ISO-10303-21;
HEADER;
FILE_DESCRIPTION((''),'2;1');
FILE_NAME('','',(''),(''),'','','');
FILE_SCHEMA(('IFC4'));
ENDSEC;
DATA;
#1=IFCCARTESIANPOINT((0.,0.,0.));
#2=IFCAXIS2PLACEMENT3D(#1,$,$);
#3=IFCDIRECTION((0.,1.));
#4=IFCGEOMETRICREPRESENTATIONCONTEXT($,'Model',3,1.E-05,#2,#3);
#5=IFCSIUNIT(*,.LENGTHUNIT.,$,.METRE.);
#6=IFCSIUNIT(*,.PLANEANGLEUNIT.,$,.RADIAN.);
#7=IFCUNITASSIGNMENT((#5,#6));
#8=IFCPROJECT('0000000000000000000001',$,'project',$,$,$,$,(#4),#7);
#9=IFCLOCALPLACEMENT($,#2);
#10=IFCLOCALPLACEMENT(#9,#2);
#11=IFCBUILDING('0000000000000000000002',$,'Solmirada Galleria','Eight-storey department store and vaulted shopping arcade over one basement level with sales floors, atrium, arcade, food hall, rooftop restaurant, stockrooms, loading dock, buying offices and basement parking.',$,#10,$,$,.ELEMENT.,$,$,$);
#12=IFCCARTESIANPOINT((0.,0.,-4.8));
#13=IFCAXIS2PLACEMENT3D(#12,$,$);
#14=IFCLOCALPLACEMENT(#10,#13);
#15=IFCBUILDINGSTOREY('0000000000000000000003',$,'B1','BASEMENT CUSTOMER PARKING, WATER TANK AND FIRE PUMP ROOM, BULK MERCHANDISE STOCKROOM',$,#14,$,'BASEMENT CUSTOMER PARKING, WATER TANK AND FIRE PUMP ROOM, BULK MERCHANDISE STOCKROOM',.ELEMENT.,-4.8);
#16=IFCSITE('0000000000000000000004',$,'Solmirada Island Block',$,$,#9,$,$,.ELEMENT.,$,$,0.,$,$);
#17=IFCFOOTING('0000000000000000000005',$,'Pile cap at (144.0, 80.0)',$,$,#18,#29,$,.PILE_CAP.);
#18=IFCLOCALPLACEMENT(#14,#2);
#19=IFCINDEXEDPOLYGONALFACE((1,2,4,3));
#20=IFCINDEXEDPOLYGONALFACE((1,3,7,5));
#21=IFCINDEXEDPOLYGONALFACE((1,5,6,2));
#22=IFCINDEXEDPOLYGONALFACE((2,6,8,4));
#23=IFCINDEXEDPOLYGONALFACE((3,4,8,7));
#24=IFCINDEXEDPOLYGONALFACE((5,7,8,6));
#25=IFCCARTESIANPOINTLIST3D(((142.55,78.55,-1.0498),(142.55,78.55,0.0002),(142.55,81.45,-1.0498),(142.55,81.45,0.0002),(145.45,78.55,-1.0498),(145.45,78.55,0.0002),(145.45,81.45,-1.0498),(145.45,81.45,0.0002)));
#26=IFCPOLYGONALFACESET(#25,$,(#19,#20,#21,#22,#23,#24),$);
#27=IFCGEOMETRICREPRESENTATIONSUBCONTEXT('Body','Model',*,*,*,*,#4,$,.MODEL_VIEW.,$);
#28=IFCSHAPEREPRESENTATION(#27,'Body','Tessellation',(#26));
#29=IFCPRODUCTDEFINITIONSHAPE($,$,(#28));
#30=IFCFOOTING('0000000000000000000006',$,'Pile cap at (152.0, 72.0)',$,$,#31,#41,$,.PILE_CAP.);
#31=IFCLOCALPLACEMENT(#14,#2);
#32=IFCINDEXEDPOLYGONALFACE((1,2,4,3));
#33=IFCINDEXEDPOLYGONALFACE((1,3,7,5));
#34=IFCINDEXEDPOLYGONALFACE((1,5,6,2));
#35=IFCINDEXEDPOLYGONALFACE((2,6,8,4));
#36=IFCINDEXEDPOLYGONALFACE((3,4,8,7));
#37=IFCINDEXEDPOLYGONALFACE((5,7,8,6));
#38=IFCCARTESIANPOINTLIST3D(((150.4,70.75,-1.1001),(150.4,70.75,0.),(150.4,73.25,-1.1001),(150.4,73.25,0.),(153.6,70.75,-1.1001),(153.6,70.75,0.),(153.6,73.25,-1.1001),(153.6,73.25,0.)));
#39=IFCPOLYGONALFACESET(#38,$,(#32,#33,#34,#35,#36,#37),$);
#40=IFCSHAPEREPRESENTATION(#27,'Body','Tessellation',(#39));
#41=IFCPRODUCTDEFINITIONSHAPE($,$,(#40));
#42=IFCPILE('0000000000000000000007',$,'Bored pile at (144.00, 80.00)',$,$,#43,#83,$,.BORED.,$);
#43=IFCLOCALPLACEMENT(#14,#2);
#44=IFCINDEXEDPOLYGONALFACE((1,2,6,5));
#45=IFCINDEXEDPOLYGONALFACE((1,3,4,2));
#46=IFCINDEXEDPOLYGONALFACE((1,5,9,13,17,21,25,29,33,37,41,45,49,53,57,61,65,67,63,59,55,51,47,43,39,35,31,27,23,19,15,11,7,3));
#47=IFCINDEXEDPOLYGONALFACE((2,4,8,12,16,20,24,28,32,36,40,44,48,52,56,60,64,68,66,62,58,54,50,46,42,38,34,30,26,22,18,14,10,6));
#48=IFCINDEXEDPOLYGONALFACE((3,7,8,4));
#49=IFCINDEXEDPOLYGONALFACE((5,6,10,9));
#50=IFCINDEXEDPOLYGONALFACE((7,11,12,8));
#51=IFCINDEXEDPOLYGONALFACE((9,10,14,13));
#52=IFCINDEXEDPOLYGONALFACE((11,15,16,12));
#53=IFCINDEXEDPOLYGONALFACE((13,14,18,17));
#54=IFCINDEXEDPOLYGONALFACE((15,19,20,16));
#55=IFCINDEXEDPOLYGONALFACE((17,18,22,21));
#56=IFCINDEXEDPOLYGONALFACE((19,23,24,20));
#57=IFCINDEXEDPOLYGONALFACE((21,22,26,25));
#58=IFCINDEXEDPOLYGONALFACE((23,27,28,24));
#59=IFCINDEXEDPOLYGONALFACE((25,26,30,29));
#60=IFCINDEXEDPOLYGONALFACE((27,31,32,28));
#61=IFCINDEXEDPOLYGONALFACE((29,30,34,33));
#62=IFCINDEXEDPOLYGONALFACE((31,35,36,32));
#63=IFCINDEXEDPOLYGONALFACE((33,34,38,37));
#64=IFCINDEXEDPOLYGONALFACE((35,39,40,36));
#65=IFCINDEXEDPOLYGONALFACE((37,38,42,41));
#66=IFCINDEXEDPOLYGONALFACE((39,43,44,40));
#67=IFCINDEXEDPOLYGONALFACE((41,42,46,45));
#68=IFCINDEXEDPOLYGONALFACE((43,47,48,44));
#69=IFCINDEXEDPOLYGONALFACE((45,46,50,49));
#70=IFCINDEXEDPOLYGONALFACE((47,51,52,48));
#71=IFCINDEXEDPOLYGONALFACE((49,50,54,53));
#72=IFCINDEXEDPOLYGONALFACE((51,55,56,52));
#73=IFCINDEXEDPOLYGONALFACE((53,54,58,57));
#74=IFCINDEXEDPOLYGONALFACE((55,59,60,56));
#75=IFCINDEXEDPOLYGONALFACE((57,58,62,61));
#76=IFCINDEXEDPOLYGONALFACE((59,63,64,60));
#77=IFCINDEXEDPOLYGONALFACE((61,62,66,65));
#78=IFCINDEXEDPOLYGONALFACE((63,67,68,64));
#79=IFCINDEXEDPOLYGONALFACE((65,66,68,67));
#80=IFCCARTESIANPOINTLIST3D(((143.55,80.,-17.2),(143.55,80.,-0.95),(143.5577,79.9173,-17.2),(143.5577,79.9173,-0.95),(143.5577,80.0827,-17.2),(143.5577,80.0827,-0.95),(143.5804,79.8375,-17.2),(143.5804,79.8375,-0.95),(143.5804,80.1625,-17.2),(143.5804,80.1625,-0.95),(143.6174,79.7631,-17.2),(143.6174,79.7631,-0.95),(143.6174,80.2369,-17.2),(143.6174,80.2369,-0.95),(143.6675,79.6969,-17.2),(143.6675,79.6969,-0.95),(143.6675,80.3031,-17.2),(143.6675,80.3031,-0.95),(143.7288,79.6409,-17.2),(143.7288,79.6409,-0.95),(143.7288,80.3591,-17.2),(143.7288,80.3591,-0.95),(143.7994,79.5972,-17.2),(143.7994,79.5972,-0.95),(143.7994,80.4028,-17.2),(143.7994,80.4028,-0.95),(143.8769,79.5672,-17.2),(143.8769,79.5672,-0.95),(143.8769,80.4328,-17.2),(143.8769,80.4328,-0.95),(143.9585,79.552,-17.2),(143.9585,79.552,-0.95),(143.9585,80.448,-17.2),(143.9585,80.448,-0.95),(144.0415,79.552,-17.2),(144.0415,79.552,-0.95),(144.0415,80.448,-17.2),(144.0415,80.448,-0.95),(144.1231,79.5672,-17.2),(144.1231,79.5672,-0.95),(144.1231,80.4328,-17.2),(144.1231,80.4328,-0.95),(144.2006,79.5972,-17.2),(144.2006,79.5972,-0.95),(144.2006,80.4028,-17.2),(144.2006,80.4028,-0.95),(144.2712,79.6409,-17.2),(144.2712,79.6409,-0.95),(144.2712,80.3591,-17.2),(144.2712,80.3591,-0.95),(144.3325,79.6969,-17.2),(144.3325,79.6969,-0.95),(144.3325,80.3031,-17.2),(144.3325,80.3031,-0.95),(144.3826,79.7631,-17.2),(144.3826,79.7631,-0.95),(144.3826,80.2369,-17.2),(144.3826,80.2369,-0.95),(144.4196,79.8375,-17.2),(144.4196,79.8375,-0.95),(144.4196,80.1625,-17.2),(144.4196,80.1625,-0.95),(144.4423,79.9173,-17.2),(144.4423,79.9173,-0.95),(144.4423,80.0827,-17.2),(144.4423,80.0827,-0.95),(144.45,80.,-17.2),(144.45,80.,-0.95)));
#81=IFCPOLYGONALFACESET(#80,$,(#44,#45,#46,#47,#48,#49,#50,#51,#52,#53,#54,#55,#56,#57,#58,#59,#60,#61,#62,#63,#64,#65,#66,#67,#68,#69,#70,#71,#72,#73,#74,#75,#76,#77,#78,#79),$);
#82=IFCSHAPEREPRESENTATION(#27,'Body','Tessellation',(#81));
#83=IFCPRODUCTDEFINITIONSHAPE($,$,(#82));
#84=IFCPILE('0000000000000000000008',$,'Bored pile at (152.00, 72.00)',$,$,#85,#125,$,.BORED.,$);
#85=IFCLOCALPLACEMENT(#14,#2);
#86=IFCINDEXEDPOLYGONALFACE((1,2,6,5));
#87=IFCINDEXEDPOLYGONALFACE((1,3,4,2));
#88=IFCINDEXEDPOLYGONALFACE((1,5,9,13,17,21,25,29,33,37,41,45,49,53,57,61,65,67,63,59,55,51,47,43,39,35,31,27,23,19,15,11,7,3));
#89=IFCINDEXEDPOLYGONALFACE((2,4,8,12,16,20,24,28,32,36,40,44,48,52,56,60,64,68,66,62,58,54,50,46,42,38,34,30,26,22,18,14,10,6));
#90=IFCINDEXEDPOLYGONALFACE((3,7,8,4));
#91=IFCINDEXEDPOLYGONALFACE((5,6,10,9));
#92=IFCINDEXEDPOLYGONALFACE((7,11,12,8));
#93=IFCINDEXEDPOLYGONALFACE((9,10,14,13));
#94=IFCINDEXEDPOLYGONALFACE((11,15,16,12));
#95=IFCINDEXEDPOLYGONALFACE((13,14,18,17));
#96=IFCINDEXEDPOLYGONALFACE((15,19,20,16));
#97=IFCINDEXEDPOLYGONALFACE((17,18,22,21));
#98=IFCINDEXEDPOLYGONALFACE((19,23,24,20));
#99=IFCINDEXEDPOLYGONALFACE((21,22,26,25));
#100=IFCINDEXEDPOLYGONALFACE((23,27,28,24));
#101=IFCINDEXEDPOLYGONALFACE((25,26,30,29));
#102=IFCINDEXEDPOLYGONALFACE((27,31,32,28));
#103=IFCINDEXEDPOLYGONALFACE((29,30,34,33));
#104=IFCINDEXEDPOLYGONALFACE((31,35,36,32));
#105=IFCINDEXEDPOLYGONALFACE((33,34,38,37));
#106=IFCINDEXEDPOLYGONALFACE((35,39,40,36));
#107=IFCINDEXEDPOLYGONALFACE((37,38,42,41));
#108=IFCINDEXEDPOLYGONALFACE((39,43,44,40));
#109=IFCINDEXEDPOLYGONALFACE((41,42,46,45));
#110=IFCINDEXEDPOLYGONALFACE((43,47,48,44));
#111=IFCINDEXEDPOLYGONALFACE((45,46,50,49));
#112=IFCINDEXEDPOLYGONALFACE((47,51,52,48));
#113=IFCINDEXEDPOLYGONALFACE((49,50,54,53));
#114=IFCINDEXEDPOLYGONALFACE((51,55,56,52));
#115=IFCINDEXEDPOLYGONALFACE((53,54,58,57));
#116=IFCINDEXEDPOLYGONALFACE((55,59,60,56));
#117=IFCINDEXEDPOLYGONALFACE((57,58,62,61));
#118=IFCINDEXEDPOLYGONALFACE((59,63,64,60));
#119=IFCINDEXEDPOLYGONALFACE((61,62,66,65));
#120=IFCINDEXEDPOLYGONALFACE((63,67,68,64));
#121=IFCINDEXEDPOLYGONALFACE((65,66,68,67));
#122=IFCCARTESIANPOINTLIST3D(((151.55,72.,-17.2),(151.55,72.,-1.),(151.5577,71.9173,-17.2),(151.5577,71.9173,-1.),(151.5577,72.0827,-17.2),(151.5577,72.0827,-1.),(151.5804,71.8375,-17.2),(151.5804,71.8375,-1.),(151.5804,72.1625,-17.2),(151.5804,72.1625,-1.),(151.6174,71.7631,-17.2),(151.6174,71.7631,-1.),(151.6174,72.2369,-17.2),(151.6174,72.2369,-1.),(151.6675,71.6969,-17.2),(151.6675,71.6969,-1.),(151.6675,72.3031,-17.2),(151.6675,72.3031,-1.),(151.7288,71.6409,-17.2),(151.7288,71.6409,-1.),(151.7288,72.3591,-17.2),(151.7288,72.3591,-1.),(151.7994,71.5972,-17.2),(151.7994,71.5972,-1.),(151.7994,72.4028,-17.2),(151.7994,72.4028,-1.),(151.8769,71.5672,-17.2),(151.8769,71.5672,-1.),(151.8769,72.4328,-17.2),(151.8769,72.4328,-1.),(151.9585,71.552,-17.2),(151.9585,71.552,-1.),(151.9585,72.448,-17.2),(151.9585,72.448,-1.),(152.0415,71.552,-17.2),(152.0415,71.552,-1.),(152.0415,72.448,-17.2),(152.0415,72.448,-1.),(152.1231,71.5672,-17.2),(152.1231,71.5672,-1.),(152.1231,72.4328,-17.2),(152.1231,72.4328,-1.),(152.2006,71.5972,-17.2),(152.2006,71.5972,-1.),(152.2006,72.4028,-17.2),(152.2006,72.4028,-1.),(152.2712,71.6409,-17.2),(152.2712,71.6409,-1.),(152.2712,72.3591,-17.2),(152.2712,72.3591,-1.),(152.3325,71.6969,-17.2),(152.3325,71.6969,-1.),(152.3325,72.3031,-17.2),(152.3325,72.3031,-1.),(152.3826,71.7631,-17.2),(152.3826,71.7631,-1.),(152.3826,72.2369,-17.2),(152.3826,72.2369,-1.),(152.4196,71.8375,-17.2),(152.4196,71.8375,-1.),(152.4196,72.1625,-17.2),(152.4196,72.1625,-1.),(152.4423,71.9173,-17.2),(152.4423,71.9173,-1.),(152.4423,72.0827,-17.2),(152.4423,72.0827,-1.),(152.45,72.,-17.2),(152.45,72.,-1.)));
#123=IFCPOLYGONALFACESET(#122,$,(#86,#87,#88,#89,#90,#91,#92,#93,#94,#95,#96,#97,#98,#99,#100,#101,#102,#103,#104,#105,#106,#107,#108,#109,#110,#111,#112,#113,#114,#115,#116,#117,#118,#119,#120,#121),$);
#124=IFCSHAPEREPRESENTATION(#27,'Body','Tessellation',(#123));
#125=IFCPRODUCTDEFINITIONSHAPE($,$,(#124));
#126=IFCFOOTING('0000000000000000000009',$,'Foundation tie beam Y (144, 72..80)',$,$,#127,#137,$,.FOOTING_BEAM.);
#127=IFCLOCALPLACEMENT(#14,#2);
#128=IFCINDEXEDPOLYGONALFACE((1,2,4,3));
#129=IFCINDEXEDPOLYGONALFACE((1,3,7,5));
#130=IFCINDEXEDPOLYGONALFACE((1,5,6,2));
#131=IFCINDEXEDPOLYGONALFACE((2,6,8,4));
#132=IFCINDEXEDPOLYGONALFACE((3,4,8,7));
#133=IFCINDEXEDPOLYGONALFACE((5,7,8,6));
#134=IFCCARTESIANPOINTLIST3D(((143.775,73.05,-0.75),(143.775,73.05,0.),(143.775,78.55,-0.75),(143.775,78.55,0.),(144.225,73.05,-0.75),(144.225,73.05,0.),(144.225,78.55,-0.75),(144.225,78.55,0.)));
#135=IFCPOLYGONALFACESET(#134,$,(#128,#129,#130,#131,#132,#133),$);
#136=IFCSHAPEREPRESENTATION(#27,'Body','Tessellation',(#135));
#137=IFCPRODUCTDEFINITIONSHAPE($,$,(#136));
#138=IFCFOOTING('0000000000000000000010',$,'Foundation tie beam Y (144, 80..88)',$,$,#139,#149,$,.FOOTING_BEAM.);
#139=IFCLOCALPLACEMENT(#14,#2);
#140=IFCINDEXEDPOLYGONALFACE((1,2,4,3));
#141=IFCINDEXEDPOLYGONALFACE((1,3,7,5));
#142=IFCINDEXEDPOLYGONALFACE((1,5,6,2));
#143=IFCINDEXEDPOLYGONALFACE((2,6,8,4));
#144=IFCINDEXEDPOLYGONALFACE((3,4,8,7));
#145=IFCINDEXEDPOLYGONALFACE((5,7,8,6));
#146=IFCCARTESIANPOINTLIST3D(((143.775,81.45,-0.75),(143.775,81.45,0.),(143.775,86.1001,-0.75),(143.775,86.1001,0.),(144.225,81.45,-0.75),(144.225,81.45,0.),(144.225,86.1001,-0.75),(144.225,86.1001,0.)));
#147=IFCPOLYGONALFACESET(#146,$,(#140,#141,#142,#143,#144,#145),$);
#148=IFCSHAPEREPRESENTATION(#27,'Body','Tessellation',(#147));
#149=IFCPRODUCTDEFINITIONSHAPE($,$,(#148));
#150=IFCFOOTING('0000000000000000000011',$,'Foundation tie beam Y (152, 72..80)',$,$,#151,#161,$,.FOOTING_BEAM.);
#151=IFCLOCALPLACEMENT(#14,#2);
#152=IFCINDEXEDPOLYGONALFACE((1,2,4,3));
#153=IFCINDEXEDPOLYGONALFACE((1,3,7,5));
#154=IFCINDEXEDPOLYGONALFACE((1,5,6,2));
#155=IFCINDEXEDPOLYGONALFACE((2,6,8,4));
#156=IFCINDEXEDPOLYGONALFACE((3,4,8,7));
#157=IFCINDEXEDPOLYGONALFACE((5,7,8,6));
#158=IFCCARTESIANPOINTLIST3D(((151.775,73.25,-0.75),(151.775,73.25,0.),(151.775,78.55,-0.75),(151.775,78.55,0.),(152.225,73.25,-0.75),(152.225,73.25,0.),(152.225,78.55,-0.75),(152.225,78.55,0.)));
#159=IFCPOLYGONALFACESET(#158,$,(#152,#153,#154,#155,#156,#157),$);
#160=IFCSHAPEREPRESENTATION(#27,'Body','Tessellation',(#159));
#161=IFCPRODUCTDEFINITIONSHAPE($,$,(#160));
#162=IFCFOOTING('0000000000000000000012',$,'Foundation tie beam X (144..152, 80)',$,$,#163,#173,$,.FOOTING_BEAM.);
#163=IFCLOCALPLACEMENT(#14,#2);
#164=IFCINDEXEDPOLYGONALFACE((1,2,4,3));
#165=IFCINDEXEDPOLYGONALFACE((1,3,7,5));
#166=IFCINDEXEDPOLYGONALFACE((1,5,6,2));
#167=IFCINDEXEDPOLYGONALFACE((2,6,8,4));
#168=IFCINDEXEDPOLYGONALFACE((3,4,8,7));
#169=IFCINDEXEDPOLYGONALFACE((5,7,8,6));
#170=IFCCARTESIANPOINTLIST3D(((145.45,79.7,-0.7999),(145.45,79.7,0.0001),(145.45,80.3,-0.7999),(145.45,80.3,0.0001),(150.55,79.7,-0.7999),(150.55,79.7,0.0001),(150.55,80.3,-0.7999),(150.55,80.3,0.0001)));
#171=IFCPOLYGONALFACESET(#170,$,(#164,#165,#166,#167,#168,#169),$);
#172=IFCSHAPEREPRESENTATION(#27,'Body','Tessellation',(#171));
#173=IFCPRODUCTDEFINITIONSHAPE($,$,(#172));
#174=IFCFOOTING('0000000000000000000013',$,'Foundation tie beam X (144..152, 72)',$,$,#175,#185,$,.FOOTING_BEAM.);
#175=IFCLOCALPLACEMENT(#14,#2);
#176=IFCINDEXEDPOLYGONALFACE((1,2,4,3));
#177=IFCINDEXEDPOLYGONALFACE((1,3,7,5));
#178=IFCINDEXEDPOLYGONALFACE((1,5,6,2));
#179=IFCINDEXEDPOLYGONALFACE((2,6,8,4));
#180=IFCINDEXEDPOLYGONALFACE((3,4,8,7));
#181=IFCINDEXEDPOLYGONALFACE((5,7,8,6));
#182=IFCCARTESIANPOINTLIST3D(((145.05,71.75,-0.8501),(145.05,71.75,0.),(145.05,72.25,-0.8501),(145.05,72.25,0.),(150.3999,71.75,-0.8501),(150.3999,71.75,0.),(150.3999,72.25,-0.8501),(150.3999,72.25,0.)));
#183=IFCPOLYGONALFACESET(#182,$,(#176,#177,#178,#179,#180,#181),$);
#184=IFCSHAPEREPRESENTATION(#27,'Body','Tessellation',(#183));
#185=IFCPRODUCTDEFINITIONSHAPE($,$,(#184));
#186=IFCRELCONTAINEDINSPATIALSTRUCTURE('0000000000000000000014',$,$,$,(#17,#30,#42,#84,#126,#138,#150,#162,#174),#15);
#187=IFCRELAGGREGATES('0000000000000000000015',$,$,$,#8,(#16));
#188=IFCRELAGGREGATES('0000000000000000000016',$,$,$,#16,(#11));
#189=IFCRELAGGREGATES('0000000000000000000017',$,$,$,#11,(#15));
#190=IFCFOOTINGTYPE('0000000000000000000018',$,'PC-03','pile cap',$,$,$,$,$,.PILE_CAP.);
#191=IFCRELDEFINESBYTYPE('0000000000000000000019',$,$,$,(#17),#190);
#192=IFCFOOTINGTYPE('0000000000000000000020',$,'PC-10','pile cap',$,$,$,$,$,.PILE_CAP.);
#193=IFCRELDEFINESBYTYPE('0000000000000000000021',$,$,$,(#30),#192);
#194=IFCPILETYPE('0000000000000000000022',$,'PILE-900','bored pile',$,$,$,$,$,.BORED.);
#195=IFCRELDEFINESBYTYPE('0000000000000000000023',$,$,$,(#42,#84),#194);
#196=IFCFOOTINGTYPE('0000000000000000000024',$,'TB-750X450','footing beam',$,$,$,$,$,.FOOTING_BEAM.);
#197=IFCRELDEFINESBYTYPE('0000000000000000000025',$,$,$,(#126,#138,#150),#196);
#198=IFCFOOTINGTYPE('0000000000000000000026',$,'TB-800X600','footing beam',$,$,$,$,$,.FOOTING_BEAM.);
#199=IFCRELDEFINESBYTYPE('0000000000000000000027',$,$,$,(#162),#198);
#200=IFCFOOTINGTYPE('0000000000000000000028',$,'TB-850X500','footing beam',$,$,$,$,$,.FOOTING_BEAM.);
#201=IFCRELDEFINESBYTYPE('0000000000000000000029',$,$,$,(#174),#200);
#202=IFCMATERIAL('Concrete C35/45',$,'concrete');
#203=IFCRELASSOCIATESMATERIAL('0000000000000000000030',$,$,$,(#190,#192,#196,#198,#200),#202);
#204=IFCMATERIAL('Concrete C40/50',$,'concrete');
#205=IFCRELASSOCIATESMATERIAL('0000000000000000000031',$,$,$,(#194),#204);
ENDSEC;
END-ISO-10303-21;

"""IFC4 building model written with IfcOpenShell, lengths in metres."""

from ifc_helpers import new_model, si_unit, direction, frame, origin, origin_2d, place, context, subcontext, project, spatial, rectangle, circle, extrude, material, material_profile, profile_set, type_object, element, save


model = new_model("IFC4")

# Units and contexts
model_context = context("Model", 3, precision=1e-05, world=origin(), true_north=direction((0.0, 1.0)))
body_context = subcontext(model_context, "Body", "Model", "MODEL_VIEW")
ifc_project = project(units=[si_unit("LENGTHUNIT", "METRE"), si_unit("PLANEANGLEUNIT", "RADIAN")], contexts=[model_context])

# Site, building, storey
site_placement = place(None, origin())
site = spatial("IfcSite", under=ifc_project, at=site_placement, Name="Solmirada Island Block", CompositionType="ELEMENT", RefElevation=0.0)
building_placement = place(site_placement, origin())
building = spatial("IfcBuilding", under=site, at=building_placement, Name="Solmirada Galleria", Description="Eight-storey department store and vaulted shopping arcade over one basement level with sales floors, atrium, arcade, food hall, rooftop restaurant, stockrooms, loading dock, buying offices and basement parking.", CompositionType="ELEMENT")
storey_placement = place(building_placement, frame((0.0, 0.0, -4.8)))
storey = spatial("IfcBuildingStorey", under=building, at=storey_placement, Name="B1", Description="BASEMENT CUSTOMER PARKING, WATER TANK AND FIRE PUMP ROOM, BULK MERCHANDISE STOCKROOM", LongName="BASEMENT CUSTOMER PARKING, WATER TANK AND FIRE PUMP ROOM, BULK MERCHANDISE STOCKROOM", CompositionType="ELEMENT", Elevation=-4.8)

# Footings
ifc_material_1 = material(Name="Concrete C35/45", Category="concrete")
footing_type_1 = type_object("IfcFootingType", Name="PC-03", Description="pile cap", PredefinedType="PILE_CAP", material=ifc_material_1)
footing_1_placement = place(storey_placement, frame((144.0, 80.0, -1.0498), z_axis=(0.0, 0.0, 1.0), x_axis=(1.0, 0.0, 0.0)))
element("IfcFooting", 1, at=footing_1_placement, inside=storey, type_object=footing_type_1, Name="Pile cap at (144.0, 80.0)", PredefinedType="PILE_CAP", context=body_context, shape_type="SweptSolid", body=[
    extrude(rectangle(XDim=2.8999, YDim=2.8999, at=origin_2d()), origin(), (0.0, 0.0, 1.0), 1.05),
])
footing_type_2 = type_object("IfcFootingType", Name="PC-10", Description="pile cap", PredefinedType="PILE_CAP", material=ifc_material_1)
footing_2_placement = place(storey_placement, frame((152.0, 72.0, -1.1001), z_axis=(0.0, 0.0, 1.0), x_axis=(1.0, 0.0, 0.0)))
element("IfcFooting", 2, at=footing_2_placement, inside=storey, type_object=footing_type_2, Name="Pile cap at (152.0, 72.0)", PredefinedType="PILE_CAP", context=body_context, shape_type="SweptSolid", body=[
    extrude(rectangle(XDim=3.2, YDim=2.5, at=origin_2d()), origin(), (0.0, 0.0, 1.0), 1.1001),
])

# Piles
ifc_material_2 = material(Name="Concrete C40/50", Category="concrete")
ifc_material_profile_1 = material_profile(ifc_material_2, circle(Radius=0.45, at=origin_2d()), Name="PILE900")
ifc_profile_set_1 = profile_set([ifc_material_profile_1], Name="Concrete C40/50")
pile_type = type_object("IfcPileType", Name="PILE-900", Description="bored pile", PredefinedType="BORED", material=ifc_profile_set_1)
pile_1_placement = place(storey_placement, frame((144.0, 80.0, -0.95), z_axis=(0.0, 0.0, -1.0), x_axis=(1.0, 0.0, 0.0)))
element("IfcPile", 3, at=pile_1_placement, inside=storey, type_object=pile_type, Name="Bored pile at (144.00, 80.00)", PredefinedType="BORED", context=body_context, shape_type="SweptSolid", body=[
    extrude(circle(Radius=0.45, at=origin_2d()), origin(), (0.0, 0.0, 1.0), 16.25),
])
pile_2_placement = place(storey_placement, frame((152.0, 72.0, -1.0), z_axis=(0.0, 0.0, -1.0), x_axis=(1.0, 0.0, 0.0)))
element("IfcPile", 4, at=pile_2_placement, inside=storey, type_object=pile_type, Name="Bored pile at (152.00, 72.00)", PredefinedType="BORED", context=body_context, shape_type="SweptSolid", body=[
    extrude(circle(Radius=0.45, at=origin_2d()), origin(), (0.0, 0.0, 1.0), 16.2),
])

# Footings
ifc_material_profile_2 = material_profile(ifc_material_1, rectangle(XDim=0.45, YDim=0.75, at=origin_2d()), Name="RC750X450")
ifc_profile_set_2 = profile_set([ifc_material_profile_2], Name="Concrete C35/45")
footing_type_3 = type_object("IfcFootingType", Name="TB-750X450", Description="footing beam", PredefinedType="FOOTING_BEAM", material=ifc_profile_set_2)
footing_3_placement = place(storey_placement, frame((144.0, 73.05, -0.375), z_axis=(0.0, 1.0, 0.0), x_axis=(-1.0, 0.0, 0.0)))
element("IfcFooting", 5, at=footing_3_placement, inside=storey, type_object=footing_type_3, Name="Foundation tie beam Y (144, 72..80)", PredefinedType="FOOTING_BEAM", context=body_context, shape_type="SweptSolid", body=[
    extrude(rectangle(XDim=0.45, YDim=0.75, at=origin_2d()), origin(), (0.0, 0.0, 1.0), 5.5),
])
footing_4_placement = place(storey_placement, frame((144.0, 81.45, -0.375), z_axis=(0.0, 1.0, 0.0), x_axis=(-1.0, 0.0, 0.0)))
element("IfcFooting", 6, at=footing_4_placement, inside=storey, type_object=footing_type_3, Name="Foundation tie beam Y (144, 80..88)", PredefinedType="FOOTING_BEAM", context=body_context, shape_type="SweptSolid", body=[
    extrude(rectangle(XDim=0.45, YDim=0.75, at=origin_2d()), origin(), (0.0, 0.0, 1.0), 4.6501),
])
footing_5_placement = place(storey_placement, frame((152.0, 73.25, -0.375), z_axis=(0.0, 1.0, 0.0), x_axis=(-1.0, 0.0, 0.0)))
element("IfcFooting", 7, at=footing_5_placement, inside=storey, type_object=footing_type_3, Name="Foundation tie beam Y (152, 72..80)", PredefinedType="FOOTING_BEAM", context=body_context, shape_type="SweptSolid", body=[
    extrude(rectangle(XDim=0.45, YDim=0.75, at=origin_2d()), origin(), (0.0, 0.0, 1.0), 5.3),
])
ifc_material_profile_3 = material_profile(ifc_material_1, rectangle(XDim=0.6001, YDim=0.8, at=origin_2d()), Name="RC800X600")
ifc_profile_set_3 = profile_set([ifc_material_profile_3], Name="Concrete C35/45")
footing_type_4 = type_object("IfcFootingType", Name="TB-800X600", Description="footing beam", PredefinedType="FOOTING_BEAM", material=ifc_profile_set_3)
footing_6_placement = place(storey_placement, frame((145.45, 80.0, -0.3999), z_axis=(1.0, 0.0, 0.0), x_axis=(0.0, 1.0, 0.0)))
element("IfcFooting", 8, at=footing_6_placement, inside=storey, type_object=footing_type_4, Name="Foundation tie beam X (144..152, 80)", PredefinedType="FOOTING_BEAM", context=body_context, shape_type="SweptSolid", body=[
    extrude(rectangle(XDim=0.6001, YDim=0.8, at=origin_2d()), origin(), (0.0, 0.0, 1.0), 5.1001),
])
ifc_material_profile_4 = material_profile(ifc_material_1, rectangle(XDim=0.5, YDim=0.8501, at=origin_2d()), Name="RC850X500")
ifc_profile_set_4 = profile_set([ifc_material_profile_4], Name="Concrete C35/45")
footing_type_5 = type_object("IfcFootingType", Name="TB-850X500", Description="footing beam", PredefinedType="FOOTING_BEAM", material=ifc_profile_set_4)
footing_7_placement = place(storey_placement, frame((145.05, 72.0, -0.425), z_axis=(1.0, 0.0, 0.0), x_axis=(0.0, 1.0, 0.0)))
element("IfcFooting", 9, at=footing_7_placement, inside=storey, type_object=footing_type_5, Name="Foundation tie beam X (144..152, 72)", PredefinedType="FOOTING_BEAM", context=body_context, shape_type="SweptSolid", body=[
    extrude(rectangle(XDim=0.5, YDim=0.8501, at=origin_2d()), origin(), (0.0, 0.0, 1.0), 5.3499),
])

save(model, "model.ifc")
